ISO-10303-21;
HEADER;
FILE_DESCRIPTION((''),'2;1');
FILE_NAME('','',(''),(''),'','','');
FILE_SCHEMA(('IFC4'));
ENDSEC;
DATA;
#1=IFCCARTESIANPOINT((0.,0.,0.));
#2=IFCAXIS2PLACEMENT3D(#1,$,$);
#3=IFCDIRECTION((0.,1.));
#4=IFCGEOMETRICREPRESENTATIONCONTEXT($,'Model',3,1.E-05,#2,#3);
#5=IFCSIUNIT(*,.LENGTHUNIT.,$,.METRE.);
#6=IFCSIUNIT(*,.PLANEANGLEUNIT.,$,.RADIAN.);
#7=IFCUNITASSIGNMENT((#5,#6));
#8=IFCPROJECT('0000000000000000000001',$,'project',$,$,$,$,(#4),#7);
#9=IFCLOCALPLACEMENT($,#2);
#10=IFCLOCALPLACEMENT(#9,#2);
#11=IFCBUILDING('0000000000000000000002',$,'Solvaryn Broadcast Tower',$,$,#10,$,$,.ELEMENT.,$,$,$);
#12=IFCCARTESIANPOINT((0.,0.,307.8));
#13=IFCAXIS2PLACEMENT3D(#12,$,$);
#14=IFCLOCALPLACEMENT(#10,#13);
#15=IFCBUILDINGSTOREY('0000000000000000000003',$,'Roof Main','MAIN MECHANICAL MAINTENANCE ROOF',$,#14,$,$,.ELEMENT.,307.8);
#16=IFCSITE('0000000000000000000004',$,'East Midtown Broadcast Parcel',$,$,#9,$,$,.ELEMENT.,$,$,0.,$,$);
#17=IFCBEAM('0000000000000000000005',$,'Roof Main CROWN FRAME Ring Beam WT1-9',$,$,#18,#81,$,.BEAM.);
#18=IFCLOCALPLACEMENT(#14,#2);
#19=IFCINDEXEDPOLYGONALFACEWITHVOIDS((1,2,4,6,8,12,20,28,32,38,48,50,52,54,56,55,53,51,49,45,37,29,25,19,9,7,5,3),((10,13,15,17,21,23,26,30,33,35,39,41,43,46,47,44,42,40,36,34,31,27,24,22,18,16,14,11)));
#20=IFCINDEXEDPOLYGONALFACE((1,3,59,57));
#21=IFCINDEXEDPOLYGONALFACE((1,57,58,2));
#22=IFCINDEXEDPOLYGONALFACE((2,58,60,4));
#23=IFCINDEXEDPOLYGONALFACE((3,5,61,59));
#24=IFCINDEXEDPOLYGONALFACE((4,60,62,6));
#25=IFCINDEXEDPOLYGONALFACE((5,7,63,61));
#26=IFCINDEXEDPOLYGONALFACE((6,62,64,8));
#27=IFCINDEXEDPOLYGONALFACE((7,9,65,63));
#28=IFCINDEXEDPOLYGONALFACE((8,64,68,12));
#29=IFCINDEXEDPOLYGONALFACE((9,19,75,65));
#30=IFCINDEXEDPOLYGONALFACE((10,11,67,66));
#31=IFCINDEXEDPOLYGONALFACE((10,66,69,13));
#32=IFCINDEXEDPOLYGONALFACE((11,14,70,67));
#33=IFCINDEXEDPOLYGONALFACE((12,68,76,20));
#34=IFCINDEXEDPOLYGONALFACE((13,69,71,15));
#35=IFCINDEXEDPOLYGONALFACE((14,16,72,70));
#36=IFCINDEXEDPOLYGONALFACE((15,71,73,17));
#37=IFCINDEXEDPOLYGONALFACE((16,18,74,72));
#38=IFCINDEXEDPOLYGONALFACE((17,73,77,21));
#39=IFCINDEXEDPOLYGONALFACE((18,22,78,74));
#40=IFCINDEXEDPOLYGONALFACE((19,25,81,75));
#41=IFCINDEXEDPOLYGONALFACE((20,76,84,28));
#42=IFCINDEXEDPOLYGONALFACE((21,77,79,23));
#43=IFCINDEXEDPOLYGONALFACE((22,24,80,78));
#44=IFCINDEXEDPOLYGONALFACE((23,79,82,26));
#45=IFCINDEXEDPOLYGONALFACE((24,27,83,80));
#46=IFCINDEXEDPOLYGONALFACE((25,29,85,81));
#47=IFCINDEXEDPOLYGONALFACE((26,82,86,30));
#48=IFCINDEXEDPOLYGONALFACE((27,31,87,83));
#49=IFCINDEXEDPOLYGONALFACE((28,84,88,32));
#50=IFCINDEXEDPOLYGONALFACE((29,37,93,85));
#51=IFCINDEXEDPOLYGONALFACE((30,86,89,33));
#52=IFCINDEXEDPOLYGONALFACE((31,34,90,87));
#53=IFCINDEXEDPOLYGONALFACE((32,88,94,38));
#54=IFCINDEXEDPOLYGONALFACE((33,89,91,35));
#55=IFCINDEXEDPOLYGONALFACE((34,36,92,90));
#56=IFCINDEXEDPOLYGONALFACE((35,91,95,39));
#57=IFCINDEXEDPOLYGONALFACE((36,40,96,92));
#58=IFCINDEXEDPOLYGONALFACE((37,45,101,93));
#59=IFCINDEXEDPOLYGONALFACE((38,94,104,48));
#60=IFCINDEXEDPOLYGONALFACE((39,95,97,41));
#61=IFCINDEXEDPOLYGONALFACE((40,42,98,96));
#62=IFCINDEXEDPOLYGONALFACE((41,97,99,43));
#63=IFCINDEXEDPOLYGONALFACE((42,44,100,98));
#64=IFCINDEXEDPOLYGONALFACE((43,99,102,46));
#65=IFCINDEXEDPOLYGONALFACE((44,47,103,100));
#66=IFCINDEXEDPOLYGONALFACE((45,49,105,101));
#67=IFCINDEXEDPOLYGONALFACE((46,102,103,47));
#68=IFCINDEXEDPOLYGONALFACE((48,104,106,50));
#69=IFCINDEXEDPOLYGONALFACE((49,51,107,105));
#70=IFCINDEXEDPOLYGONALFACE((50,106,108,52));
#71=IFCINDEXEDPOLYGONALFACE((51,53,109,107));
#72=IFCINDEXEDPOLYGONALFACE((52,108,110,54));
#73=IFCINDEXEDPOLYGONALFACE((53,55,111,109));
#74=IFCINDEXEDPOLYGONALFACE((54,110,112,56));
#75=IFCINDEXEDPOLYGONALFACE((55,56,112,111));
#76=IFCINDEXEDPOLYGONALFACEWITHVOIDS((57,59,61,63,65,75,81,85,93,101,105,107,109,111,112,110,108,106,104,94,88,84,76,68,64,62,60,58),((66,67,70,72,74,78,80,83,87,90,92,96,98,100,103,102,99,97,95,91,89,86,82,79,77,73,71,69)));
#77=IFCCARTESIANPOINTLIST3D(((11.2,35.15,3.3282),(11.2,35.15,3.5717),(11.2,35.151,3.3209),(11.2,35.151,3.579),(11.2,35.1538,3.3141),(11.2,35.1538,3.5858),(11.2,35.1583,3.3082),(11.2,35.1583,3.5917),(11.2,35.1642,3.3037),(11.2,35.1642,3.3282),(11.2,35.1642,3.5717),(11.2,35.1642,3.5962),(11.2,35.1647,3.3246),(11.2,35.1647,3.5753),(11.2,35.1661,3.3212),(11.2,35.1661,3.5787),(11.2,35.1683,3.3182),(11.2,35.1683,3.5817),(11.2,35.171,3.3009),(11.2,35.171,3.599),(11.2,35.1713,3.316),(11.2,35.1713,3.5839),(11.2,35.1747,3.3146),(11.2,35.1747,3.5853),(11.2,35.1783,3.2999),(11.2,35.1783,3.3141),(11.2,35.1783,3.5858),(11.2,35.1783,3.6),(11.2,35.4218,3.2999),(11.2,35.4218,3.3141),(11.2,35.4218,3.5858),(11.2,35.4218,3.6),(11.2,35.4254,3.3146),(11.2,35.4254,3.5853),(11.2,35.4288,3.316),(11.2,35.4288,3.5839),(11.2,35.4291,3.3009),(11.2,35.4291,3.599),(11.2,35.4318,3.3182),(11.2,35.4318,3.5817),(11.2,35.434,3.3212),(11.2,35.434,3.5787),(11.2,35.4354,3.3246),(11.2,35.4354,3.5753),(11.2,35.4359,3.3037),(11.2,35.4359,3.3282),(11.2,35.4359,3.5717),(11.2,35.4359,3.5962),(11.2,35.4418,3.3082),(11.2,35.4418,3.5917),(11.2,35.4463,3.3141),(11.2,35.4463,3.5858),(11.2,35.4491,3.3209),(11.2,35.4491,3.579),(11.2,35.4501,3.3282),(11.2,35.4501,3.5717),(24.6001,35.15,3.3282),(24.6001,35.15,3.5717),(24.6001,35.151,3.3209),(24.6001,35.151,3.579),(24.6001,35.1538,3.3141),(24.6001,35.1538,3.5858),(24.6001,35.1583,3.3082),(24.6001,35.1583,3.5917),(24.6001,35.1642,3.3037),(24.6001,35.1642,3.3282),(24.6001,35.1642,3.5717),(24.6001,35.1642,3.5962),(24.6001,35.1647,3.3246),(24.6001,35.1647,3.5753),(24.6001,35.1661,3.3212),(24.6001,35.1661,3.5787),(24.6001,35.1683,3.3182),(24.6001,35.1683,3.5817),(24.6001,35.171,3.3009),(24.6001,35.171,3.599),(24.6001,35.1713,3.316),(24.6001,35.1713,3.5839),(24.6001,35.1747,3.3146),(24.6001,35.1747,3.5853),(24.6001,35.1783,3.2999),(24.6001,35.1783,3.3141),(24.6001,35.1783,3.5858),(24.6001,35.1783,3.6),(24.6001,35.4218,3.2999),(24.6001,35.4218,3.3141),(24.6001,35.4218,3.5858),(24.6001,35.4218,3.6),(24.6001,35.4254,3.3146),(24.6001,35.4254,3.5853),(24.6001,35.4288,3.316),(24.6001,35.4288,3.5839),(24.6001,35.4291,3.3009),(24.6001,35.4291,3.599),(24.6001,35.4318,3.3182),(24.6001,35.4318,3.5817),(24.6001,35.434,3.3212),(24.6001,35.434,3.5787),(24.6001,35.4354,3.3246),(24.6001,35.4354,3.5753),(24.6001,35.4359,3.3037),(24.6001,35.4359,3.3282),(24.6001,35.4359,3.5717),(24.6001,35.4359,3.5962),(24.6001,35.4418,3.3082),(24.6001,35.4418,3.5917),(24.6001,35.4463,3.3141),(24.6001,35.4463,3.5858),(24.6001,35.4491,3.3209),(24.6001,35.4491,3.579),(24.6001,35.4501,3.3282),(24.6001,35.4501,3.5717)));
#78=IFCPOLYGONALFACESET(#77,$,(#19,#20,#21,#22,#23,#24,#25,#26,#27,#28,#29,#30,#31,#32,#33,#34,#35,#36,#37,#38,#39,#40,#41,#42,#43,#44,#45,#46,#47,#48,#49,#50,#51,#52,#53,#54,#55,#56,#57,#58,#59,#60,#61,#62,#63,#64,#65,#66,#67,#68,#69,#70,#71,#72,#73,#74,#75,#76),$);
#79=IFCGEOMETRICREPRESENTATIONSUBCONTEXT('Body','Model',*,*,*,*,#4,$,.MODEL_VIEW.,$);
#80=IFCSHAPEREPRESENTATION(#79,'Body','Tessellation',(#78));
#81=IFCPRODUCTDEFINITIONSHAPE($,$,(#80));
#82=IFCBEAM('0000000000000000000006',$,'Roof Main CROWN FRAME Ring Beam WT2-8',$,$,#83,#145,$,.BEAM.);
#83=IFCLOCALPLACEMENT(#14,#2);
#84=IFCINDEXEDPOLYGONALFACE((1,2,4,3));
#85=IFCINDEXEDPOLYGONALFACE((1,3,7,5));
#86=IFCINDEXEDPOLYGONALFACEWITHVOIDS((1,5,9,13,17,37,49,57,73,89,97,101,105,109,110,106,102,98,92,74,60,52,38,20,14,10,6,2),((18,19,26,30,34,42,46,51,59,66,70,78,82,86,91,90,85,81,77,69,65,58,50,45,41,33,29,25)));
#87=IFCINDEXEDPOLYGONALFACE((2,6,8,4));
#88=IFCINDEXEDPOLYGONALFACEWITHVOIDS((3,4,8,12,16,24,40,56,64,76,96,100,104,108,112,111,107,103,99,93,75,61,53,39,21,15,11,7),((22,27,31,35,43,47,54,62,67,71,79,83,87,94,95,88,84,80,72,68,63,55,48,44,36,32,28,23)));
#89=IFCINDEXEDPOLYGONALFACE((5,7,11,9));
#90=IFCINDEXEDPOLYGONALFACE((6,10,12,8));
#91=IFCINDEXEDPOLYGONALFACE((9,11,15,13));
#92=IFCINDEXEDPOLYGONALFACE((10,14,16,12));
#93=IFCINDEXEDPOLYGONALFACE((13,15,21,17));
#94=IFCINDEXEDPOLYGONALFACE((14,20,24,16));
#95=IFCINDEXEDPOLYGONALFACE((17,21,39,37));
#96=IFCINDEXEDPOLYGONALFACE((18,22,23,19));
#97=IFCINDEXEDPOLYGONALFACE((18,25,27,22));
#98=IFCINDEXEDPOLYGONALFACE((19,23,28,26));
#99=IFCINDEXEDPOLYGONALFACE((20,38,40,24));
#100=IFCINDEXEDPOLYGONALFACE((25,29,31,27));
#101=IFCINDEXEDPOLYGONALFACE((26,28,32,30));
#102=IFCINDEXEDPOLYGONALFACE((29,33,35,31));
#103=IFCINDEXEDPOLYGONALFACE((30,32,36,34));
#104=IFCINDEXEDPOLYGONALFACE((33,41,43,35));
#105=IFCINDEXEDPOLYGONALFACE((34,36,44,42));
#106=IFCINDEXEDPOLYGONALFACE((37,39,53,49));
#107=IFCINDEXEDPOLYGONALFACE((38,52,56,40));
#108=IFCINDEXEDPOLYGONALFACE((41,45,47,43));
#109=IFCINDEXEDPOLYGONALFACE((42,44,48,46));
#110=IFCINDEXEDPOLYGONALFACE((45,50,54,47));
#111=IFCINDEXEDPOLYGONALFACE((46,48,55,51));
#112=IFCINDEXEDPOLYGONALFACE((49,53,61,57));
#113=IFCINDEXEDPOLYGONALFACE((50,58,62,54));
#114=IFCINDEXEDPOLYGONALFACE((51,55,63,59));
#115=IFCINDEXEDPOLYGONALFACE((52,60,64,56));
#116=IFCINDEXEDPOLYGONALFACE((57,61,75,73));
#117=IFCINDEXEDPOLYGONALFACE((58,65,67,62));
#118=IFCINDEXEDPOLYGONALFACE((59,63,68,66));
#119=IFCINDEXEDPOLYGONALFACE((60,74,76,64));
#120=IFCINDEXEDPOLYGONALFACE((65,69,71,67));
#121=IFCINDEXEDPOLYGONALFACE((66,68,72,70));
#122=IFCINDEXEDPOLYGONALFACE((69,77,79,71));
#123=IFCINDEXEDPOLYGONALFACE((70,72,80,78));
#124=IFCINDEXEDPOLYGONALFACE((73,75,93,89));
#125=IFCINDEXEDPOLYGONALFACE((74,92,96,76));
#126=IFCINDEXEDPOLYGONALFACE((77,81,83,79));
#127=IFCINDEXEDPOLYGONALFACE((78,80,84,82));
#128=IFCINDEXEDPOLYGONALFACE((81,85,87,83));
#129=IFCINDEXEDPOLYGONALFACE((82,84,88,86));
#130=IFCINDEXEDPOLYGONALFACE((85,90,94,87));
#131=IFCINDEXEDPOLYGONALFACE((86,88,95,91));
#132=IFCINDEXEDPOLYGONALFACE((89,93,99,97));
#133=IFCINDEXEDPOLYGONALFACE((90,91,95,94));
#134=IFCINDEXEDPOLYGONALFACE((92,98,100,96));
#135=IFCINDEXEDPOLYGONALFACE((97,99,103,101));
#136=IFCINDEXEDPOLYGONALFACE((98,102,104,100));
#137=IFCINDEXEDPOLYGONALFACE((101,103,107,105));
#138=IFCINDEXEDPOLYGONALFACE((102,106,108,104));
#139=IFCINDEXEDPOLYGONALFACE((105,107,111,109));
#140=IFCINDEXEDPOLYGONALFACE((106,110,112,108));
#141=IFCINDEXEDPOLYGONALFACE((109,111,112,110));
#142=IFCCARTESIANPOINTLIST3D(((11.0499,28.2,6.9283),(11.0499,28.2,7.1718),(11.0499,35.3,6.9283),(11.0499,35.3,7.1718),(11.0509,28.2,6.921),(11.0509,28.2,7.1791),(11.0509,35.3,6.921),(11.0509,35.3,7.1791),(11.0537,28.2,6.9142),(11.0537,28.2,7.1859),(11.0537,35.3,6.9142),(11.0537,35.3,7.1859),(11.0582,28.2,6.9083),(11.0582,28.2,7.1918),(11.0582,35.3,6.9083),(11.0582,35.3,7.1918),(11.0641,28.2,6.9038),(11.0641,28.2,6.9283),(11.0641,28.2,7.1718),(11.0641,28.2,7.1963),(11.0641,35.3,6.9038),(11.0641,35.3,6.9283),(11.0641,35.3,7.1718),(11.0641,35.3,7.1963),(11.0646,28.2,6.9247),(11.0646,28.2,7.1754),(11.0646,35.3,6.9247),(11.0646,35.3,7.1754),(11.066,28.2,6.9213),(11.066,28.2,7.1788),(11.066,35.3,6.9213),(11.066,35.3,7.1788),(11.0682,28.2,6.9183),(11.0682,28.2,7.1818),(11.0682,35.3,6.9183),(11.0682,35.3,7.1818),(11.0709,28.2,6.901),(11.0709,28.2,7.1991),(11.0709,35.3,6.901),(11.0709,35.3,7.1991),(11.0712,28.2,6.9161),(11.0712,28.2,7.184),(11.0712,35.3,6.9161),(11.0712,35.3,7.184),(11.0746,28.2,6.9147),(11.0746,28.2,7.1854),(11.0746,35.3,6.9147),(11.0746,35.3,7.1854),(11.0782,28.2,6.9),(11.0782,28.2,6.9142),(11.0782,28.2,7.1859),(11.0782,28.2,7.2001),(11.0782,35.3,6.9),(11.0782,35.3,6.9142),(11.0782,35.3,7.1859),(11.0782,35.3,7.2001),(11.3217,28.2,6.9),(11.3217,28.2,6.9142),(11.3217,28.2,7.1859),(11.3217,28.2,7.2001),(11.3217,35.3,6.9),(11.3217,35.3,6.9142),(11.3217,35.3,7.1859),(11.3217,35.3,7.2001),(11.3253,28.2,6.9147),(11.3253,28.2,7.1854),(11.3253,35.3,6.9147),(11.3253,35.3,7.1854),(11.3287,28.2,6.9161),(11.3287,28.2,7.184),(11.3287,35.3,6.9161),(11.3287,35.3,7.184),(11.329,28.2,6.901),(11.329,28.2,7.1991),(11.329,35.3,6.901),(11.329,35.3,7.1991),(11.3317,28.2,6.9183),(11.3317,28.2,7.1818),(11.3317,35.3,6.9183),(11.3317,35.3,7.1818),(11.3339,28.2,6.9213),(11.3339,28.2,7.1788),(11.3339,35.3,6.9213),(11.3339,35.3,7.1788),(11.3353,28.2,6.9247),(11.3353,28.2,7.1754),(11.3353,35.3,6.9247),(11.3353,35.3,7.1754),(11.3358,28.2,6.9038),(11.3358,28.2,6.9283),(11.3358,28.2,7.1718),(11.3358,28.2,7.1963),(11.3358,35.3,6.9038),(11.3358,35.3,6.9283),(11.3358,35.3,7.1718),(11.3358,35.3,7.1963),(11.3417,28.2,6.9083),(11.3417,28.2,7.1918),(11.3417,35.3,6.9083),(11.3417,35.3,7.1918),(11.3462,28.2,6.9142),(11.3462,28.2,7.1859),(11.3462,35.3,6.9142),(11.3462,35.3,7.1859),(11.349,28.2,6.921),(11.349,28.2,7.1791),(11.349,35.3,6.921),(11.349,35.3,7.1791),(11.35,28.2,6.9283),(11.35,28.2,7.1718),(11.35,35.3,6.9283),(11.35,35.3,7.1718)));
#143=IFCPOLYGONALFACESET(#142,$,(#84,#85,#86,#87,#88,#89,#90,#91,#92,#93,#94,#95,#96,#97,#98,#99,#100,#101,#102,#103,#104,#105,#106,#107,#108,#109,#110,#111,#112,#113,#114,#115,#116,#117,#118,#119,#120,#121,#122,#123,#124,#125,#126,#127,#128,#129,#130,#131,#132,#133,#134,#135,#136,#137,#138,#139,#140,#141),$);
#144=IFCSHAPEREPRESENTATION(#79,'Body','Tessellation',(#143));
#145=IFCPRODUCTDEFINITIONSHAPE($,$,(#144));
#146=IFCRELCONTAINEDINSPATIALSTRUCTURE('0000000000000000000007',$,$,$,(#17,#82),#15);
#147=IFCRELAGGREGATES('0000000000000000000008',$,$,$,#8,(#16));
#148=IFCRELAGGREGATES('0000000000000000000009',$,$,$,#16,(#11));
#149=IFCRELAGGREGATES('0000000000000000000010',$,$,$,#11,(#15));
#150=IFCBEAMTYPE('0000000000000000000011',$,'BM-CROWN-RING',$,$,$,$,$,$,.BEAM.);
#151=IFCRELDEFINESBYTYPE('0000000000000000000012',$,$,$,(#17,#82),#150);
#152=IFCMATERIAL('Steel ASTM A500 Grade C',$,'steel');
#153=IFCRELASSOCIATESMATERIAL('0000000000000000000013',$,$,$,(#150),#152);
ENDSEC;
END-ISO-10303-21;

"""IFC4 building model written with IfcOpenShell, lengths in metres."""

from ifc_helpers import new_model, si_unit, direction, frame, origin, origin_2d, place, context, subcontext, project, spatial, hollow_rectangle, extrude, material, material_profile, profile_set, type_object, element, save


model = new_model("IFC4")

# Units and contexts
model_context = context("Model", 3, precision=1e-05, world=origin(), true_north=direction((0.0, 1.0)))
body_context = subcontext(model_context, "Body", "Model", "MODEL_VIEW")
ifc_project = project(units=[si_unit("LENGTHUNIT", "METRE"), si_unit("PLANEANGLEUNIT", "RADIAN")], contexts=[model_context])

# Site, building, storey
site_placement = place(None, origin())
site = spatial("IfcSite", under=ifc_project, at=site_placement, Name="East Midtown Broadcast Parcel", CompositionType="ELEMENT", RefElevation=0.0)
building_placement = place(site_placement, origin())
building = spatial("IfcBuilding", under=site, at=building_placement, Name="Solvaryn Broadcast Tower", CompositionType="ELEMENT")
storey_placement = place(building_placement, frame((0.0, 0.0, 307.8)))
storey = spatial("IfcBuildingStorey", under=building, at=storey_placement, Name="Roof Main", Description="MAIN MECHANICAL MAINTENANCE ROOF", CompositionType="ELEMENT", Elevation=307.8)

# Beams
ifc_material_1 = material(Name="Steel ASTM A500 Grade C", Category="steel")
ifc_material_profile_1 = material_profile(ifc_material_1, hollow_rectangle(XDim=0.3, YDim=0.3, WallThickness=0.0142, InnerFilletRadius=0.0142, OuterFilletRadius=0.0283, at=origin_2d()))
ifc_profile_set_1 = profile_set([ifc_material_profile_1], Name="Steel ASTM A500 Grade C")
beam_type = type_object("IfcBeamType", Name="BM-CROWN-RING", PredefinedType="BEAM", material=ifc_profile_set_1)
beam_1_placement = place(storey_placement, frame((11.2, 35.3, 3.45), z_axis=(1.0, 0.0, 0.0), x_axis=(0.0, 1.0, 0.0)))
element("IfcBeam", 1, at=beam_1_placement, inside=storey, type_object=beam_type, Name="Roof Main CROWN FRAME Ring Beam WT1-9", PredefinedType="BEAM", context=body_context, shape_type="SweptSolid", body=[
    extrude(hollow_rectangle(XDim=0.3, YDim=0.3, WallThickness=0.0142, InnerFilletRadius=0.0142, OuterFilletRadius=0.0283, at=origin_2d()), origin(), (0.0, 0.0, 1.0), 13.4001),
])
beam_2_placement = place(storey_placement, frame((11.2, 35.3, 7.05), z_axis=(0.0, -1.0, 0.0), x_axis=(1.0, 0.0, 0.0)))
element("IfcBeam", 2, at=beam_2_placement, inside=storey, type_object=beam_type, Name="Roof Main CROWN FRAME Ring Beam WT2-8", PredefinedType="BEAM", context=body_context, shape_type="SweptSolid", body=[
    extrude(hollow_rectangle(XDim=0.3, YDim=0.3, WallThickness=0.0142, InnerFilletRadius=0.0142, OuterFilletRadius=0.0283, at=origin_2d()), origin(), (0.0, 0.0, 1.0), 7.1001),
])

save(model, "model.ifc")
